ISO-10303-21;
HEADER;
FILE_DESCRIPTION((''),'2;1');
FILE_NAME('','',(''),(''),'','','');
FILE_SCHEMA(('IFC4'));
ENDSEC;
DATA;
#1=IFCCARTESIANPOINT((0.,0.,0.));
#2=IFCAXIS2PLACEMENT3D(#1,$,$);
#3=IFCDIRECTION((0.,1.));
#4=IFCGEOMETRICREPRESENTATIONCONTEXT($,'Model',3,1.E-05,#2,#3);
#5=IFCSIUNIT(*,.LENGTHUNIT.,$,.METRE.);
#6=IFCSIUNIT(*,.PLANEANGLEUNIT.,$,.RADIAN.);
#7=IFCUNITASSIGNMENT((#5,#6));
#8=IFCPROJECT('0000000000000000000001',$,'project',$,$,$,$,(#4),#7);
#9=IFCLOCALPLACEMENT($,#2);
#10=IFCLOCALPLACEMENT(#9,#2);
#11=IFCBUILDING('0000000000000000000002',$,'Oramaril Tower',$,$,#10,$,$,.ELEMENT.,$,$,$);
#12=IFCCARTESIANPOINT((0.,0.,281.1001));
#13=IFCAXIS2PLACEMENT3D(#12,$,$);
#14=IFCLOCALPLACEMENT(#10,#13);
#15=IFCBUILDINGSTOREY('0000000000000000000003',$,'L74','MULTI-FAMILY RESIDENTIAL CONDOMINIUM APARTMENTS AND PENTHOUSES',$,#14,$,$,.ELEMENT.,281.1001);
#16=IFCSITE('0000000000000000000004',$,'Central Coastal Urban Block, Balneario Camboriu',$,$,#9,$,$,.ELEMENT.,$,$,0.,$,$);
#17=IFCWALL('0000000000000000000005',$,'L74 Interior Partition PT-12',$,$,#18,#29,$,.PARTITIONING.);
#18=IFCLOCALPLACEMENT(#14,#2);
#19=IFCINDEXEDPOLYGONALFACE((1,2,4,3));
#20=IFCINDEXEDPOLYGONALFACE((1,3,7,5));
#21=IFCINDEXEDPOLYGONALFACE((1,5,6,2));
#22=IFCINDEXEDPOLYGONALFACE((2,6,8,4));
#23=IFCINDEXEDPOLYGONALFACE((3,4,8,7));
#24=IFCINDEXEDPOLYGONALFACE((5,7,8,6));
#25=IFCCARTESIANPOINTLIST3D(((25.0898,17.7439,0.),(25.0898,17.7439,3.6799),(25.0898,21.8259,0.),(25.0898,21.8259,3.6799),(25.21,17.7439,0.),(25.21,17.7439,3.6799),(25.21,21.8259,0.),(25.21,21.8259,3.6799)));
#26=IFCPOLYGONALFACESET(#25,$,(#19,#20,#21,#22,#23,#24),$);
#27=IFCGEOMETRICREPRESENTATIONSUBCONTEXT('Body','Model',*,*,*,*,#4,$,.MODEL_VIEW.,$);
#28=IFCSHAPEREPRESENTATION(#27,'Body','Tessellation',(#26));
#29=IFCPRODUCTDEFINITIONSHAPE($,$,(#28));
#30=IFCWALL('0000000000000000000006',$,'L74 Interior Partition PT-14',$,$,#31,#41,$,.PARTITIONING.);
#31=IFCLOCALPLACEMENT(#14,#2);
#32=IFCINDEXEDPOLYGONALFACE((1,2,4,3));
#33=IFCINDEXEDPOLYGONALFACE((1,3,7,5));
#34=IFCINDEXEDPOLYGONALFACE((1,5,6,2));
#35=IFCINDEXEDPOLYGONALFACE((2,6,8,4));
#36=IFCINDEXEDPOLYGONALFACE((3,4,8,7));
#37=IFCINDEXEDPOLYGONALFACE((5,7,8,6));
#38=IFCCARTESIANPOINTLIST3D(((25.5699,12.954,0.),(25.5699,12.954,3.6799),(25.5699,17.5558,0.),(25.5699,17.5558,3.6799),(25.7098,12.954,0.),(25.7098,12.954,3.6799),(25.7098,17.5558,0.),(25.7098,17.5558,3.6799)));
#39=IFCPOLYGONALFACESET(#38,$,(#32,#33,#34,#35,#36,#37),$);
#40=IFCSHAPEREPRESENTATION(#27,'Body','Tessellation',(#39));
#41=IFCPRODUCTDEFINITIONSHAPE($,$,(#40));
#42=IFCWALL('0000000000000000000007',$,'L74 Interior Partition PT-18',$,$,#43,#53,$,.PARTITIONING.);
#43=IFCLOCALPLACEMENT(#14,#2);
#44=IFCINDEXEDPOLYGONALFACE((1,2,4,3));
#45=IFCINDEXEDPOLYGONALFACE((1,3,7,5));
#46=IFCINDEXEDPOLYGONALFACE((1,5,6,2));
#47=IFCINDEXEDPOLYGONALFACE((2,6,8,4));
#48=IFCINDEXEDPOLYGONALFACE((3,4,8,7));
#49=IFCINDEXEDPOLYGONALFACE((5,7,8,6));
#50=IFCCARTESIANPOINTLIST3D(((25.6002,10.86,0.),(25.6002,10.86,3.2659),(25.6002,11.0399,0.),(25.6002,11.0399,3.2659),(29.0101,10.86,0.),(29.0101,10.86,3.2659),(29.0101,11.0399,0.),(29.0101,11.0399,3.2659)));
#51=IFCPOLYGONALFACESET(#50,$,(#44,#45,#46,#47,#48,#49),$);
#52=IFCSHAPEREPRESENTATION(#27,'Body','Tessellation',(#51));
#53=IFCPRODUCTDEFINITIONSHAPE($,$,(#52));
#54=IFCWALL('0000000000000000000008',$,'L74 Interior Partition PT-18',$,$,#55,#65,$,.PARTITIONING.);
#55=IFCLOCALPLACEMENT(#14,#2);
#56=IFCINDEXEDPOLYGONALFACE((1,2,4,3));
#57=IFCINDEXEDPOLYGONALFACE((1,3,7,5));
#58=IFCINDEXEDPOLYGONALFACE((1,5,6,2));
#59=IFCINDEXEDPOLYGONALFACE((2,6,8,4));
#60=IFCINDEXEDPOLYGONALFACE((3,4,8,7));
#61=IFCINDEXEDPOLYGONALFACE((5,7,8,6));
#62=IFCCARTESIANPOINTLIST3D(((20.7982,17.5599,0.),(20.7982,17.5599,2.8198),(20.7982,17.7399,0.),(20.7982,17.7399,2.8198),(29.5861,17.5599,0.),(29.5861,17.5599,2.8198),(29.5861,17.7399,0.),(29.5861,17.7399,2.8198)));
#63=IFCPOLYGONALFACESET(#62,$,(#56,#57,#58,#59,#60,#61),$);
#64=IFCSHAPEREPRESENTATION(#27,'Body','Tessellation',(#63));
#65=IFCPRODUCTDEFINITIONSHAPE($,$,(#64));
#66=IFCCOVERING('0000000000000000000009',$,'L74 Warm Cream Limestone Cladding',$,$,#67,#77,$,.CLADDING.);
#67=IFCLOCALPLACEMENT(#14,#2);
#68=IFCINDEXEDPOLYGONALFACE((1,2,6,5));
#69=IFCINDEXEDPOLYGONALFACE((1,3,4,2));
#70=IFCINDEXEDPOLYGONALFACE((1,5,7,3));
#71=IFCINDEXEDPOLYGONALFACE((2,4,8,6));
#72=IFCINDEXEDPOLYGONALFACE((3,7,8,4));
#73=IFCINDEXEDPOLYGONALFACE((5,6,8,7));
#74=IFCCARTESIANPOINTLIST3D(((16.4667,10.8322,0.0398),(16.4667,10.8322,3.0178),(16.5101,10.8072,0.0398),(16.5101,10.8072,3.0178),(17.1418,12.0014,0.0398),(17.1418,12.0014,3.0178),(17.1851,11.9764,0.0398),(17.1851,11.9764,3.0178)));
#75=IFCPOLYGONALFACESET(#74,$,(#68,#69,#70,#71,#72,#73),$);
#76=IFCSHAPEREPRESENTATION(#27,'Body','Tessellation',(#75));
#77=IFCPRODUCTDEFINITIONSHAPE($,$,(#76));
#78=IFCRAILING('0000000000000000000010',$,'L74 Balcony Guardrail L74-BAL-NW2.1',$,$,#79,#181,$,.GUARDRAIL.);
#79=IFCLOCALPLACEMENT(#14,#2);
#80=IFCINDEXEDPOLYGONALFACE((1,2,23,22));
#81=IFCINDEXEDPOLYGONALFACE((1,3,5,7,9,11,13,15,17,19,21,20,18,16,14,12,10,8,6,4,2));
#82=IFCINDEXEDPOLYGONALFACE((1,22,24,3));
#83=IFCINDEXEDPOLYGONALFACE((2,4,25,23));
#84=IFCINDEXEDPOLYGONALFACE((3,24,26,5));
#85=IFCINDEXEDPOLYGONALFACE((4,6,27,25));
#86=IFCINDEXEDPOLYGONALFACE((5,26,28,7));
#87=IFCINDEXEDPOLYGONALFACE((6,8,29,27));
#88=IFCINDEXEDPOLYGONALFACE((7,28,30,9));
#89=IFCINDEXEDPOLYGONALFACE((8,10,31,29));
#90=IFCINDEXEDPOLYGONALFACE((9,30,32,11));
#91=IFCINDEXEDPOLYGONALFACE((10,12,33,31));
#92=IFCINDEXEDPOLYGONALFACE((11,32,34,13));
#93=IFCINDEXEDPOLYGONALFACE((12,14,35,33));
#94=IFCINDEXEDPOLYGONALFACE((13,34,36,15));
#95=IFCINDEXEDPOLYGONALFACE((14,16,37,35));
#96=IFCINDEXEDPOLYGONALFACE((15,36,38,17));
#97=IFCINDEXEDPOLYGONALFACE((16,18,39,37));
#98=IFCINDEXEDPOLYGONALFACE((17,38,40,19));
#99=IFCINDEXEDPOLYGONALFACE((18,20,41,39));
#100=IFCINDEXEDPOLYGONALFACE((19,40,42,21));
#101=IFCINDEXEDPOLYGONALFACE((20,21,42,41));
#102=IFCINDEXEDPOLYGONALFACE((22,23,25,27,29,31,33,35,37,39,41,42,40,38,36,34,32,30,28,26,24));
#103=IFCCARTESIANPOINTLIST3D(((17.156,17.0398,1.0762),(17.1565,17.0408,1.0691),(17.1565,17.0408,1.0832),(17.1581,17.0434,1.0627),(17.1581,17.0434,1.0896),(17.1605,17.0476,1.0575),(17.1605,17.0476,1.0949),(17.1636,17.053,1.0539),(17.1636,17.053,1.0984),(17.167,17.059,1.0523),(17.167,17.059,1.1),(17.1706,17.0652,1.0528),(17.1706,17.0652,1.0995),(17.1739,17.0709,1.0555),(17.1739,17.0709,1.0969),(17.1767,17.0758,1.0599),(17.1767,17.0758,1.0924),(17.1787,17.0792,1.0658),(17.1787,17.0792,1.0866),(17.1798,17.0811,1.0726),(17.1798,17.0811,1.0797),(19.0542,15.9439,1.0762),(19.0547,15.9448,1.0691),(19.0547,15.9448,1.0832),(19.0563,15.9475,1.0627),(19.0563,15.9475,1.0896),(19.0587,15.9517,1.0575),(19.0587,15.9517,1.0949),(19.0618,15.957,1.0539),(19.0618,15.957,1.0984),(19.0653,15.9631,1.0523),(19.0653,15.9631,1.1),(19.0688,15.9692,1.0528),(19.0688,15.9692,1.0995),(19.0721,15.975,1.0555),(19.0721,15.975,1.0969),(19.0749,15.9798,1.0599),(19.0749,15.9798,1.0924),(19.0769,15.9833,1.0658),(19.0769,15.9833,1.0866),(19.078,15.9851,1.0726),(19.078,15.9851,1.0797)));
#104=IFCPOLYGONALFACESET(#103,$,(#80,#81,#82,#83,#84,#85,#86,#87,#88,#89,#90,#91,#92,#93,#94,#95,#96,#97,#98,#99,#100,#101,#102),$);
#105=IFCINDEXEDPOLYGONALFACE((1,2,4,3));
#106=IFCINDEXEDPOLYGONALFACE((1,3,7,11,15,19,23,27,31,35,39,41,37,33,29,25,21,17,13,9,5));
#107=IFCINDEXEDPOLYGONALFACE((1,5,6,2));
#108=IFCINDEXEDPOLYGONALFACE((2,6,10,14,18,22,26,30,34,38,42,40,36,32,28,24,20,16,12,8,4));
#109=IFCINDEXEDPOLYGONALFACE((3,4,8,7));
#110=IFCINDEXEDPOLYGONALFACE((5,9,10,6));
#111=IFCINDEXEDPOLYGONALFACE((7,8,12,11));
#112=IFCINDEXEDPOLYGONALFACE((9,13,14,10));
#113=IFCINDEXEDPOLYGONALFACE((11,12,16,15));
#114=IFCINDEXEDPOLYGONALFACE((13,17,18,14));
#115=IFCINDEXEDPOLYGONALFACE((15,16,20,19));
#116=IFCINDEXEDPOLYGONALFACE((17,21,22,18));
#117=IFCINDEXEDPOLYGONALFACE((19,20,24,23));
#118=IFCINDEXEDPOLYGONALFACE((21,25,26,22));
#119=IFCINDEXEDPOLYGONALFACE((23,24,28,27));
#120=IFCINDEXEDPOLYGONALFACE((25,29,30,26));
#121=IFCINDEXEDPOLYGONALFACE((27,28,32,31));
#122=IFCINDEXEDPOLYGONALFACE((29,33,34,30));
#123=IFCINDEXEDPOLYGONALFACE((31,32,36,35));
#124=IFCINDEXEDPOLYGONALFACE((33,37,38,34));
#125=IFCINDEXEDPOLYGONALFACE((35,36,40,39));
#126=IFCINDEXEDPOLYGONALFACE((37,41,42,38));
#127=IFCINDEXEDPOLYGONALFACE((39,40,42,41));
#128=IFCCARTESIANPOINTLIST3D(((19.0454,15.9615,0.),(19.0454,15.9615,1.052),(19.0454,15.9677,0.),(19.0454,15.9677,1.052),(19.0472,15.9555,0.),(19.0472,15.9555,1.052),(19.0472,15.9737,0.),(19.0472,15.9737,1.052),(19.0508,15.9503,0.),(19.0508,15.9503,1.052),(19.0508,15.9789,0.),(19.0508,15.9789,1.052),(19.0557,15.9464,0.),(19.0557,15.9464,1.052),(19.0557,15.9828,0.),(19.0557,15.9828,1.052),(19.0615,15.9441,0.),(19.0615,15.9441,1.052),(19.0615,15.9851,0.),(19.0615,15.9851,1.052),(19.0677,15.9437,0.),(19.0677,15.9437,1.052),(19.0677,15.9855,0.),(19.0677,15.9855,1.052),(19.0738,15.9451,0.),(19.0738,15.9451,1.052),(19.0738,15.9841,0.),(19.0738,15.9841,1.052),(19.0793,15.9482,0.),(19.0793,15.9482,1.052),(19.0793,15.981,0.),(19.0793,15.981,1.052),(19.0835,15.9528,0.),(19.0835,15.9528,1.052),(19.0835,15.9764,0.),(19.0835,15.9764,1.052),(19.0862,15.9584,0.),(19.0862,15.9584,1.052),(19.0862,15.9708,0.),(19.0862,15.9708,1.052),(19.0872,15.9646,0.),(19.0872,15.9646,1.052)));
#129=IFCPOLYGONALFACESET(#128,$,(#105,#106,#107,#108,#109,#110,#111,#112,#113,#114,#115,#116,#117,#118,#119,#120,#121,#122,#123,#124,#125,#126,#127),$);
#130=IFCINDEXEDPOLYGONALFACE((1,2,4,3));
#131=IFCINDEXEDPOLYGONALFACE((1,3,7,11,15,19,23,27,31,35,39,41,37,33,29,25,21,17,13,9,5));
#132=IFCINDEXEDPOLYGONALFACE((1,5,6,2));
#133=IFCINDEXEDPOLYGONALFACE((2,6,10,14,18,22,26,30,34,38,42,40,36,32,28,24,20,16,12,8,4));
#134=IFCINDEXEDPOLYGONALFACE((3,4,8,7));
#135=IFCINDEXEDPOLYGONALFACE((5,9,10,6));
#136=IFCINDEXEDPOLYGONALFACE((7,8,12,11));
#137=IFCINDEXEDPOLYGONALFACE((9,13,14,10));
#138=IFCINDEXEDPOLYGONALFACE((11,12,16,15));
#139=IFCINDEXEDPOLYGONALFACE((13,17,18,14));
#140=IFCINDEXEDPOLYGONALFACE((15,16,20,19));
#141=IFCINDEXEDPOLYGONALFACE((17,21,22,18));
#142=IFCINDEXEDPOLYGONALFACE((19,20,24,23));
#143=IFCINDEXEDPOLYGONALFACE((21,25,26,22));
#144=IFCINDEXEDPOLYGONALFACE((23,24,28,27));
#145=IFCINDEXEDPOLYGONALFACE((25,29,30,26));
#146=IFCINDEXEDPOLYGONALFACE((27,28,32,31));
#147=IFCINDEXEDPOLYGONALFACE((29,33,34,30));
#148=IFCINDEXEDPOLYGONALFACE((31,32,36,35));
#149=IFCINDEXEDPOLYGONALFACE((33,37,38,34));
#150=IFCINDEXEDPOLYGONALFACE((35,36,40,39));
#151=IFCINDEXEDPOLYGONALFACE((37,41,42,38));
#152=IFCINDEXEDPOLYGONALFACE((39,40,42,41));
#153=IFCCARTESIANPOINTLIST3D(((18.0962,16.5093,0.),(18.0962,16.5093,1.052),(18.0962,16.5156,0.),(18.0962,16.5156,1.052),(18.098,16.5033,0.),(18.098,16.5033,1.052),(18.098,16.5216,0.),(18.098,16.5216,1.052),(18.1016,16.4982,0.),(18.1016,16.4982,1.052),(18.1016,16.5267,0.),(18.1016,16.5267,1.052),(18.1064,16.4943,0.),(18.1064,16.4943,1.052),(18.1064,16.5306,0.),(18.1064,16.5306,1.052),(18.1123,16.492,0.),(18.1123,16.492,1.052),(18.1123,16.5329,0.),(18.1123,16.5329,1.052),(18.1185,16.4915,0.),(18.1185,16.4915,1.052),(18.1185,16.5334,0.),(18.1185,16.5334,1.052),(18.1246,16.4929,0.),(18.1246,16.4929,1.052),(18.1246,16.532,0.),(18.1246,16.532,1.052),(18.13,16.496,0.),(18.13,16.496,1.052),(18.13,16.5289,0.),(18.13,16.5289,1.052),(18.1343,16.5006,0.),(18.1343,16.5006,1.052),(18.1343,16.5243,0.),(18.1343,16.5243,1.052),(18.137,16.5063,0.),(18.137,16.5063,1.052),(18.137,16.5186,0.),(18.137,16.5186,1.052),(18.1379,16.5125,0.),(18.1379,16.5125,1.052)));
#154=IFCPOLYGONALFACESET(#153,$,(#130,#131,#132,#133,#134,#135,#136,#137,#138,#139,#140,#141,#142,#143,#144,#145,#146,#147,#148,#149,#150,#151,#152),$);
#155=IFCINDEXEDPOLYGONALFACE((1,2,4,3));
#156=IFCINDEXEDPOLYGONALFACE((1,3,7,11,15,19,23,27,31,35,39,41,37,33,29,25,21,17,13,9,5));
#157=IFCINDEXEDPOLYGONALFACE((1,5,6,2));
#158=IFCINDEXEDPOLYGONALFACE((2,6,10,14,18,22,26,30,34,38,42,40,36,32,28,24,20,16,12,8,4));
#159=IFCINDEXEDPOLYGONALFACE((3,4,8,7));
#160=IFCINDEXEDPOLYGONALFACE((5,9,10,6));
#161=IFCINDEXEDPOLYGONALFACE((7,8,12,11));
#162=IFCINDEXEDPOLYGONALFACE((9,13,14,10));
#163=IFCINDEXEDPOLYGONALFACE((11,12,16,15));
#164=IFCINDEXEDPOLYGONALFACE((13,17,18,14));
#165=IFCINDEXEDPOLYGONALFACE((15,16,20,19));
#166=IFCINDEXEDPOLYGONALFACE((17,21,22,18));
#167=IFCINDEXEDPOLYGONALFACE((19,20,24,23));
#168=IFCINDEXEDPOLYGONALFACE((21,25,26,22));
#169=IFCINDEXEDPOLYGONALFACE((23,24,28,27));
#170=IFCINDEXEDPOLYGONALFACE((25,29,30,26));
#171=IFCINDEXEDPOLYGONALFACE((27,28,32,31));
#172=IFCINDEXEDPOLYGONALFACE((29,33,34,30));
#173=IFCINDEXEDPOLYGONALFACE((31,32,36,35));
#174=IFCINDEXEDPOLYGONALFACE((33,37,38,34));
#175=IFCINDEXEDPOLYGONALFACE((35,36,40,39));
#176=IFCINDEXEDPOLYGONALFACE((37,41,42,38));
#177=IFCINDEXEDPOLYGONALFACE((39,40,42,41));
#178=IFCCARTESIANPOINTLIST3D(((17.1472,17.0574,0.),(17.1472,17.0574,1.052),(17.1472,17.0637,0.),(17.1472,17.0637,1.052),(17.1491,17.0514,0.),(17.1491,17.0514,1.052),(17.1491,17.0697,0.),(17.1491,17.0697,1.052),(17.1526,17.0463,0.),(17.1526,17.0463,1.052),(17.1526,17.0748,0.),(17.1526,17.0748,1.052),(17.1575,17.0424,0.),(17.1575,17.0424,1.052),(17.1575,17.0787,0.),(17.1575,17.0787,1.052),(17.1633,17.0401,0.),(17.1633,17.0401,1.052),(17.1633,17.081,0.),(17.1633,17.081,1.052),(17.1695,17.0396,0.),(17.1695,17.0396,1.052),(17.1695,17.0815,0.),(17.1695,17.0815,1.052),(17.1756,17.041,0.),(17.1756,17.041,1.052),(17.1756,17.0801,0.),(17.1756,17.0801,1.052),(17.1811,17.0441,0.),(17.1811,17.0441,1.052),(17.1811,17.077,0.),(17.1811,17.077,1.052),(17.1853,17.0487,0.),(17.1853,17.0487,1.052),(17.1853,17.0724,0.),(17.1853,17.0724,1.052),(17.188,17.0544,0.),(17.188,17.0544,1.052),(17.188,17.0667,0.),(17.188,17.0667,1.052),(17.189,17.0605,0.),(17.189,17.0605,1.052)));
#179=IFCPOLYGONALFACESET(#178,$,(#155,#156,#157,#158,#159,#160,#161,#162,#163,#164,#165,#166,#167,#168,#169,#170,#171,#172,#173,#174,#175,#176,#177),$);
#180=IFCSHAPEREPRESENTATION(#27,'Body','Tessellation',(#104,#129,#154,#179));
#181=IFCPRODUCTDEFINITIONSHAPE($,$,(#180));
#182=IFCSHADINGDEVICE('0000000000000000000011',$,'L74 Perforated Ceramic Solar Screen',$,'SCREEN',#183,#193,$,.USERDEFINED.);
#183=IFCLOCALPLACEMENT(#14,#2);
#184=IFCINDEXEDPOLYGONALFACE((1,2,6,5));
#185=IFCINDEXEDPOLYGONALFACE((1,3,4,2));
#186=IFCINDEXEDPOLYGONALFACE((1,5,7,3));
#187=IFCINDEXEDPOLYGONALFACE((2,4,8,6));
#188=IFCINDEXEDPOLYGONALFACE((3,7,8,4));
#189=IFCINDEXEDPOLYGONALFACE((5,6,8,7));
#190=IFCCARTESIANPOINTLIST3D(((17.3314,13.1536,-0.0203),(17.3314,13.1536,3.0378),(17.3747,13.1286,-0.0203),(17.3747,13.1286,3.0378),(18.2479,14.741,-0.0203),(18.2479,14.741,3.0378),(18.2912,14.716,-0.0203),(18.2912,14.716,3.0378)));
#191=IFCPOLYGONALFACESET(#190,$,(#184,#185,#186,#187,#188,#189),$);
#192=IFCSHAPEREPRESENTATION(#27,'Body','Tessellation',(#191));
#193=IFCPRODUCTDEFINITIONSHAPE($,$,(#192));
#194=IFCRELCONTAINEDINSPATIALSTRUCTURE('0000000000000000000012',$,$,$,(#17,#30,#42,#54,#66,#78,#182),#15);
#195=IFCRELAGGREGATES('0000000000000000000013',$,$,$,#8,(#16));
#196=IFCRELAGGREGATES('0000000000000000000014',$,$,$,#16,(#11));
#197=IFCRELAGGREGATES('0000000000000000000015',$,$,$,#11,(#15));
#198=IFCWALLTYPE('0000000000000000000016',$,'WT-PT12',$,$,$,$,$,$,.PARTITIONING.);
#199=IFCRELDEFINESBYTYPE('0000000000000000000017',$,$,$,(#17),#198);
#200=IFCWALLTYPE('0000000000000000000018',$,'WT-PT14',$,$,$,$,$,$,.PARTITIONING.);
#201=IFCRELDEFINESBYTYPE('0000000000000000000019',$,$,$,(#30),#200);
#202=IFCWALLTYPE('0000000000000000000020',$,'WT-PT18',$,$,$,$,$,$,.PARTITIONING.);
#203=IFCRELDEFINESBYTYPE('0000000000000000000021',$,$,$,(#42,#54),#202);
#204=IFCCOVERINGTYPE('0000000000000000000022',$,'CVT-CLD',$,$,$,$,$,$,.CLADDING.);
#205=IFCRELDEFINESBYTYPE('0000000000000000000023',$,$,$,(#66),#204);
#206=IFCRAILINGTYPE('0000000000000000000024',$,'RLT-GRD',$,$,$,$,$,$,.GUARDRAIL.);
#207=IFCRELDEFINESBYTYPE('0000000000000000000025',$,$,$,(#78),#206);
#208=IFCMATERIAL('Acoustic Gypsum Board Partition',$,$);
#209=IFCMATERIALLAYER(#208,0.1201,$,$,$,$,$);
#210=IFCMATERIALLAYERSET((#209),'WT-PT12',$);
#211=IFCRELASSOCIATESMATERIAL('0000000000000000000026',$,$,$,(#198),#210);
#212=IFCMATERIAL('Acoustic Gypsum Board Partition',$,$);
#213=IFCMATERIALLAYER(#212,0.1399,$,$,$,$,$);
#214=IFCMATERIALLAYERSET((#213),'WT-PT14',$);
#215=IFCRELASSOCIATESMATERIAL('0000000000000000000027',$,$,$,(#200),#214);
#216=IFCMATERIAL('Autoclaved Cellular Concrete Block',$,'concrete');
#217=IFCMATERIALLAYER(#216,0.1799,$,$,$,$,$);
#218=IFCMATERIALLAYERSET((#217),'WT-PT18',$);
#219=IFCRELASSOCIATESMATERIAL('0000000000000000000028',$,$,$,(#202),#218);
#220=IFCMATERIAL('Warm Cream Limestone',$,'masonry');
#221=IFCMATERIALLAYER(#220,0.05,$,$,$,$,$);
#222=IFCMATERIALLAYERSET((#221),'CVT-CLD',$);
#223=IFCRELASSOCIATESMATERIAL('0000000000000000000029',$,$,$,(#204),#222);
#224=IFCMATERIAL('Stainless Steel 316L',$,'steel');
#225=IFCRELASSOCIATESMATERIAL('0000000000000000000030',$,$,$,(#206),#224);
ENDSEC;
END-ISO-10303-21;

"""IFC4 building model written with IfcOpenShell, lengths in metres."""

from ifc_helpers import new_model, si_unit, direction, frame, frame_2d, origin, origin_2d, place, context, subcontext, project, spatial, rectangle, circle, extrude, material, layer, layer_set, type_object, element, save


model = new_model("IFC4")

# Units and contexts
model_context = context("Model", 3, precision=1e-05, world=origin(), true_north=direction((0.0, 1.0)))
body_context = subcontext(model_context, "Body", "Model", "MODEL_VIEW")
ifc_project = project(units=[si_unit("LENGTHUNIT", "METRE"), si_unit("PLANEANGLEUNIT", "RADIAN")], contexts=[model_context])

# Site, building, storey
site_placement = place(None, origin())
site = spatial("IfcSite", under=ifc_project, at=site_placement, Name="Central Coastal Urban Block, Balneario Camboriu", CompositionType="ELEMENT", RefElevation=0.0)
building_placement = place(site_placement, origin())
building = spatial("IfcBuilding", under=site, at=building_placement, Name="Oramaril Tower", CompositionType="ELEMENT")
storey_placement = place(building_placement, frame((0.0, 0.0, 281.1001)))
storey = spatial("IfcBuildingStorey", under=building, at=storey_placement, Name="L74", Description="MULTI-FAMILY RESIDENTIAL CONDOMINIUM APARTMENTS AND PENTHOUSES", CompositionType="ELEMENT", Elevation=281.1001)

# Walls
ifc_material_1 = material(Name="Acoustic Gypsum Board Partition")
ifc_layer_1 = layer(ifc_material_1, 0.1201)
ifc_layer_set_1 = layer_set([ifc_layer_1], Name="WT-PT12")
wall_type_1 = type_object("IfcWallType", Name="WT-PT12", PredefinedType="PARTITIONING", material=ifc_layer_set_1)
wall_1_placement = place(storey_placement, frame((25.1499, 17.7439, 0.0), z_axis=(0.0, 0.0, 1.0), x_axis=(0.0, 1.0, 0.0)))
element("IfcWall", 1, at=wall_1_placement, inside=storey, type_object=wall_type_1, Name="L74 Interior Partition PT-12", PredefinedType="PARTITIONING", context=body_context, shape_type="SweptSolid", body=[
    extrude(rectangle(XDim=4.082, YDim=0.1201, at=frame_2d((2.041, 0.0))), origin(), (0.0, 0.0, 1.0), 3.6799),
])
ifc_material_2 = material(Name="Acoustic Gypsum Board Partition")
ifc_layer_2 = layer(ifc_material_2, 0.1399)
ifc_layer_set_2 = layer_set([ifc_layer_2], Name="WT-PT14")
wall_type_2 = type_object("IfcWallType", Name="WT-PT14", PredefinedType="PARTITIONING", material=ifc_layer_set_2)
wall_2_placement = place(storey_placement, frame((25.6399, 12.9541, 0.0), z_axis=(0.0, 0.0, 1.0), x_axis=(0.0, 1.0, 0.0)))
element("IfcWall", 2, at=wall_2_placement, inside=storey, type_object=wall_type_2, Name="L74 Interior Partition PT-14", PredefinedType="PARTITIONING", context=body_context, shape_type="SweptSolid", body=[
    extrude(rectangle(XDim=4.6018, YDim=0.1399, at=frame_2d((2.3008, 0.0))), origin(), (0.0, 0.0, 1.0), 3.6799),
])
ifc_material_3 = material(Name="Autoclaved Cellular Concrete Block", Category="concrete")
ifc_layer_3 = layer(ifc_material_3, 0.1799)
ifc_layer_set_3 = layer_set([ifc_layer_3], Name="WT-PT18")
wall_type_3 = type_object("IfcWallType", Name="WT-PT18", PredefinedType="PARTITIONING", material=ifc_layer_set_3)
wall_3_placement = place(storey_placement, frame((25.6001, 10.95, 0.0), z_axis=(0.0, 0.0, 1.0), x_axis=(1.0, 0.0, 0.0)))
element("IfcWall", 3, at=wall_3_placement, inside=storey, type_object=wall_type_3, Name="L74 Interior Partition PT-18", PredefinedType="PARTITIONING", context=body_context, shape_type="SweptSolid", body=[
    extrude(rectangle(XDim=3.4099, YDim=0.1799, at=frame_2d((1.7051, 0.0))), origin(), (0.0, 0.0, 1.0), 3.2659),
])
wall_4_placement = place(storey_placement, frame((20.7981, 17.6499, 0.0), z_axis=(0.0, 0.0, 1.0), x_axis=(1.0, 0.0, 0.0)))
element("IfcWall", 4, at=wall_4_placement, inside=storey, type_object=wall_type_3, Name="L74 Interior Partition PT-18", PredefinedType="PARTITIONING", context=body_context, shape_type="SweptSolid", body=[
    extrude(rectangle(XDim=8.7878, YDim=0.1799, at=frame_2d((4.394, 0.0))), origin(), (0.0, 0.0, 1.0), 2.8198),
])

# Covering
ifc_material_4 = material(Name="Warm Cream Limestone", Category="masonry")
ifc_layer_4 = layer(ifc_material_4, 0.05)
ifc_layer_set_4 = layer_set([ifc_layer_4], Name="CVT-CLD")
covering_type = type_object("IfcCoveringType", Name="CVT-CLD", PredefinedType="CLADDING", material=ifc_layer_set_4)
covering_placement = place(storey_placement, frame((16.8259, 11.4043, 0.0398), z_axis=(0.0, 0.0, 1.0), x_axis=(-0.5, -0.866025, 0.0)))
element("IfcCovering", 5, at=covering_placement, inside=storey, type_object=covering_type, Name="L74 Warm Cream Limestone Cladding", PredefinedType="CLADDING", context=body_context, shape_type="SweptSolid", body=[
    extrude(rectangle(XDim=1.3501, YDim=0.05, at=origin_2d()), origin(), (0.0, 0.0, 1.0), 2.978),
])

# Railing
ifc_material_5 = material(Name="Stainless Steel 316L", Category="steel")
railing_type = type_object("IfcRailingType", Name="RLT-GRD", PredefinedType="GUARDRAIL", material=ifc_material_5)
railing_1_placement = place(storey_placement, frame((19.0662, 15.9646, 0.0)))
element("IfcRailing", 6, at=railing_1_placement, inside=storey, type_object=railing_type, Name="L74 Balcony Guardrail L74-BAL-NW2.1", PredefinedType="GUARDRAIL", context=body_context, shape_type="SweptSolid", body=[
    extrude(circle(Radius=0.0239, at=origin_2d()), frame((0.0, 0.0, 1.0762), z_axis=(-0.866021, 0.500008, 0.0), x_axis=(-0.500008, -0.866021, 0.0)), (0.0, 0.0, 1.0), 2.1919),
    extrude(circle(Radius=0.021, at=origin_2d()), origin(), (0.0, 0.0, 1.0), 1.052),
    extrude(circle(Radius=0.021, at=origin_2d()), frame((-0.9492, 0.5479, 0.0)), (0.0, 0.0, 1.0), 1.052),
    extrude(circle(Radius=0.021, at=origin_2d()), frame((-1.8982, 1.0959, 0.0)), (0.0, 0.0, 1.0), 1.052),
])

# Shading device
for number, where, z_axis, x_axis, name in (
    (7, (17.8113, 13.9348, -0.0203), (0.0, 0.0, 1.0), (-0.5, -0.866025, 0.0), "L74 Perforated Ceramic Solar Screen"),
):
    element("IfcShadingDevice", number, at=place(storey_placement, frame(where, z_axis=z_axis, x_axis=x_axis)), inside=storey, Name=name, ObjectType="SCREEN", PredefinedType="USERDEFINED", context=body_context, shape_type="SweptSolid", body=[
        extrude(rectangle(XDim=1.833, YDim=0.05, at=origin_2d()), origin(), (0.0, 0.0, 1.0), 3.0581),
    ])

save(model, "model.ifc")
